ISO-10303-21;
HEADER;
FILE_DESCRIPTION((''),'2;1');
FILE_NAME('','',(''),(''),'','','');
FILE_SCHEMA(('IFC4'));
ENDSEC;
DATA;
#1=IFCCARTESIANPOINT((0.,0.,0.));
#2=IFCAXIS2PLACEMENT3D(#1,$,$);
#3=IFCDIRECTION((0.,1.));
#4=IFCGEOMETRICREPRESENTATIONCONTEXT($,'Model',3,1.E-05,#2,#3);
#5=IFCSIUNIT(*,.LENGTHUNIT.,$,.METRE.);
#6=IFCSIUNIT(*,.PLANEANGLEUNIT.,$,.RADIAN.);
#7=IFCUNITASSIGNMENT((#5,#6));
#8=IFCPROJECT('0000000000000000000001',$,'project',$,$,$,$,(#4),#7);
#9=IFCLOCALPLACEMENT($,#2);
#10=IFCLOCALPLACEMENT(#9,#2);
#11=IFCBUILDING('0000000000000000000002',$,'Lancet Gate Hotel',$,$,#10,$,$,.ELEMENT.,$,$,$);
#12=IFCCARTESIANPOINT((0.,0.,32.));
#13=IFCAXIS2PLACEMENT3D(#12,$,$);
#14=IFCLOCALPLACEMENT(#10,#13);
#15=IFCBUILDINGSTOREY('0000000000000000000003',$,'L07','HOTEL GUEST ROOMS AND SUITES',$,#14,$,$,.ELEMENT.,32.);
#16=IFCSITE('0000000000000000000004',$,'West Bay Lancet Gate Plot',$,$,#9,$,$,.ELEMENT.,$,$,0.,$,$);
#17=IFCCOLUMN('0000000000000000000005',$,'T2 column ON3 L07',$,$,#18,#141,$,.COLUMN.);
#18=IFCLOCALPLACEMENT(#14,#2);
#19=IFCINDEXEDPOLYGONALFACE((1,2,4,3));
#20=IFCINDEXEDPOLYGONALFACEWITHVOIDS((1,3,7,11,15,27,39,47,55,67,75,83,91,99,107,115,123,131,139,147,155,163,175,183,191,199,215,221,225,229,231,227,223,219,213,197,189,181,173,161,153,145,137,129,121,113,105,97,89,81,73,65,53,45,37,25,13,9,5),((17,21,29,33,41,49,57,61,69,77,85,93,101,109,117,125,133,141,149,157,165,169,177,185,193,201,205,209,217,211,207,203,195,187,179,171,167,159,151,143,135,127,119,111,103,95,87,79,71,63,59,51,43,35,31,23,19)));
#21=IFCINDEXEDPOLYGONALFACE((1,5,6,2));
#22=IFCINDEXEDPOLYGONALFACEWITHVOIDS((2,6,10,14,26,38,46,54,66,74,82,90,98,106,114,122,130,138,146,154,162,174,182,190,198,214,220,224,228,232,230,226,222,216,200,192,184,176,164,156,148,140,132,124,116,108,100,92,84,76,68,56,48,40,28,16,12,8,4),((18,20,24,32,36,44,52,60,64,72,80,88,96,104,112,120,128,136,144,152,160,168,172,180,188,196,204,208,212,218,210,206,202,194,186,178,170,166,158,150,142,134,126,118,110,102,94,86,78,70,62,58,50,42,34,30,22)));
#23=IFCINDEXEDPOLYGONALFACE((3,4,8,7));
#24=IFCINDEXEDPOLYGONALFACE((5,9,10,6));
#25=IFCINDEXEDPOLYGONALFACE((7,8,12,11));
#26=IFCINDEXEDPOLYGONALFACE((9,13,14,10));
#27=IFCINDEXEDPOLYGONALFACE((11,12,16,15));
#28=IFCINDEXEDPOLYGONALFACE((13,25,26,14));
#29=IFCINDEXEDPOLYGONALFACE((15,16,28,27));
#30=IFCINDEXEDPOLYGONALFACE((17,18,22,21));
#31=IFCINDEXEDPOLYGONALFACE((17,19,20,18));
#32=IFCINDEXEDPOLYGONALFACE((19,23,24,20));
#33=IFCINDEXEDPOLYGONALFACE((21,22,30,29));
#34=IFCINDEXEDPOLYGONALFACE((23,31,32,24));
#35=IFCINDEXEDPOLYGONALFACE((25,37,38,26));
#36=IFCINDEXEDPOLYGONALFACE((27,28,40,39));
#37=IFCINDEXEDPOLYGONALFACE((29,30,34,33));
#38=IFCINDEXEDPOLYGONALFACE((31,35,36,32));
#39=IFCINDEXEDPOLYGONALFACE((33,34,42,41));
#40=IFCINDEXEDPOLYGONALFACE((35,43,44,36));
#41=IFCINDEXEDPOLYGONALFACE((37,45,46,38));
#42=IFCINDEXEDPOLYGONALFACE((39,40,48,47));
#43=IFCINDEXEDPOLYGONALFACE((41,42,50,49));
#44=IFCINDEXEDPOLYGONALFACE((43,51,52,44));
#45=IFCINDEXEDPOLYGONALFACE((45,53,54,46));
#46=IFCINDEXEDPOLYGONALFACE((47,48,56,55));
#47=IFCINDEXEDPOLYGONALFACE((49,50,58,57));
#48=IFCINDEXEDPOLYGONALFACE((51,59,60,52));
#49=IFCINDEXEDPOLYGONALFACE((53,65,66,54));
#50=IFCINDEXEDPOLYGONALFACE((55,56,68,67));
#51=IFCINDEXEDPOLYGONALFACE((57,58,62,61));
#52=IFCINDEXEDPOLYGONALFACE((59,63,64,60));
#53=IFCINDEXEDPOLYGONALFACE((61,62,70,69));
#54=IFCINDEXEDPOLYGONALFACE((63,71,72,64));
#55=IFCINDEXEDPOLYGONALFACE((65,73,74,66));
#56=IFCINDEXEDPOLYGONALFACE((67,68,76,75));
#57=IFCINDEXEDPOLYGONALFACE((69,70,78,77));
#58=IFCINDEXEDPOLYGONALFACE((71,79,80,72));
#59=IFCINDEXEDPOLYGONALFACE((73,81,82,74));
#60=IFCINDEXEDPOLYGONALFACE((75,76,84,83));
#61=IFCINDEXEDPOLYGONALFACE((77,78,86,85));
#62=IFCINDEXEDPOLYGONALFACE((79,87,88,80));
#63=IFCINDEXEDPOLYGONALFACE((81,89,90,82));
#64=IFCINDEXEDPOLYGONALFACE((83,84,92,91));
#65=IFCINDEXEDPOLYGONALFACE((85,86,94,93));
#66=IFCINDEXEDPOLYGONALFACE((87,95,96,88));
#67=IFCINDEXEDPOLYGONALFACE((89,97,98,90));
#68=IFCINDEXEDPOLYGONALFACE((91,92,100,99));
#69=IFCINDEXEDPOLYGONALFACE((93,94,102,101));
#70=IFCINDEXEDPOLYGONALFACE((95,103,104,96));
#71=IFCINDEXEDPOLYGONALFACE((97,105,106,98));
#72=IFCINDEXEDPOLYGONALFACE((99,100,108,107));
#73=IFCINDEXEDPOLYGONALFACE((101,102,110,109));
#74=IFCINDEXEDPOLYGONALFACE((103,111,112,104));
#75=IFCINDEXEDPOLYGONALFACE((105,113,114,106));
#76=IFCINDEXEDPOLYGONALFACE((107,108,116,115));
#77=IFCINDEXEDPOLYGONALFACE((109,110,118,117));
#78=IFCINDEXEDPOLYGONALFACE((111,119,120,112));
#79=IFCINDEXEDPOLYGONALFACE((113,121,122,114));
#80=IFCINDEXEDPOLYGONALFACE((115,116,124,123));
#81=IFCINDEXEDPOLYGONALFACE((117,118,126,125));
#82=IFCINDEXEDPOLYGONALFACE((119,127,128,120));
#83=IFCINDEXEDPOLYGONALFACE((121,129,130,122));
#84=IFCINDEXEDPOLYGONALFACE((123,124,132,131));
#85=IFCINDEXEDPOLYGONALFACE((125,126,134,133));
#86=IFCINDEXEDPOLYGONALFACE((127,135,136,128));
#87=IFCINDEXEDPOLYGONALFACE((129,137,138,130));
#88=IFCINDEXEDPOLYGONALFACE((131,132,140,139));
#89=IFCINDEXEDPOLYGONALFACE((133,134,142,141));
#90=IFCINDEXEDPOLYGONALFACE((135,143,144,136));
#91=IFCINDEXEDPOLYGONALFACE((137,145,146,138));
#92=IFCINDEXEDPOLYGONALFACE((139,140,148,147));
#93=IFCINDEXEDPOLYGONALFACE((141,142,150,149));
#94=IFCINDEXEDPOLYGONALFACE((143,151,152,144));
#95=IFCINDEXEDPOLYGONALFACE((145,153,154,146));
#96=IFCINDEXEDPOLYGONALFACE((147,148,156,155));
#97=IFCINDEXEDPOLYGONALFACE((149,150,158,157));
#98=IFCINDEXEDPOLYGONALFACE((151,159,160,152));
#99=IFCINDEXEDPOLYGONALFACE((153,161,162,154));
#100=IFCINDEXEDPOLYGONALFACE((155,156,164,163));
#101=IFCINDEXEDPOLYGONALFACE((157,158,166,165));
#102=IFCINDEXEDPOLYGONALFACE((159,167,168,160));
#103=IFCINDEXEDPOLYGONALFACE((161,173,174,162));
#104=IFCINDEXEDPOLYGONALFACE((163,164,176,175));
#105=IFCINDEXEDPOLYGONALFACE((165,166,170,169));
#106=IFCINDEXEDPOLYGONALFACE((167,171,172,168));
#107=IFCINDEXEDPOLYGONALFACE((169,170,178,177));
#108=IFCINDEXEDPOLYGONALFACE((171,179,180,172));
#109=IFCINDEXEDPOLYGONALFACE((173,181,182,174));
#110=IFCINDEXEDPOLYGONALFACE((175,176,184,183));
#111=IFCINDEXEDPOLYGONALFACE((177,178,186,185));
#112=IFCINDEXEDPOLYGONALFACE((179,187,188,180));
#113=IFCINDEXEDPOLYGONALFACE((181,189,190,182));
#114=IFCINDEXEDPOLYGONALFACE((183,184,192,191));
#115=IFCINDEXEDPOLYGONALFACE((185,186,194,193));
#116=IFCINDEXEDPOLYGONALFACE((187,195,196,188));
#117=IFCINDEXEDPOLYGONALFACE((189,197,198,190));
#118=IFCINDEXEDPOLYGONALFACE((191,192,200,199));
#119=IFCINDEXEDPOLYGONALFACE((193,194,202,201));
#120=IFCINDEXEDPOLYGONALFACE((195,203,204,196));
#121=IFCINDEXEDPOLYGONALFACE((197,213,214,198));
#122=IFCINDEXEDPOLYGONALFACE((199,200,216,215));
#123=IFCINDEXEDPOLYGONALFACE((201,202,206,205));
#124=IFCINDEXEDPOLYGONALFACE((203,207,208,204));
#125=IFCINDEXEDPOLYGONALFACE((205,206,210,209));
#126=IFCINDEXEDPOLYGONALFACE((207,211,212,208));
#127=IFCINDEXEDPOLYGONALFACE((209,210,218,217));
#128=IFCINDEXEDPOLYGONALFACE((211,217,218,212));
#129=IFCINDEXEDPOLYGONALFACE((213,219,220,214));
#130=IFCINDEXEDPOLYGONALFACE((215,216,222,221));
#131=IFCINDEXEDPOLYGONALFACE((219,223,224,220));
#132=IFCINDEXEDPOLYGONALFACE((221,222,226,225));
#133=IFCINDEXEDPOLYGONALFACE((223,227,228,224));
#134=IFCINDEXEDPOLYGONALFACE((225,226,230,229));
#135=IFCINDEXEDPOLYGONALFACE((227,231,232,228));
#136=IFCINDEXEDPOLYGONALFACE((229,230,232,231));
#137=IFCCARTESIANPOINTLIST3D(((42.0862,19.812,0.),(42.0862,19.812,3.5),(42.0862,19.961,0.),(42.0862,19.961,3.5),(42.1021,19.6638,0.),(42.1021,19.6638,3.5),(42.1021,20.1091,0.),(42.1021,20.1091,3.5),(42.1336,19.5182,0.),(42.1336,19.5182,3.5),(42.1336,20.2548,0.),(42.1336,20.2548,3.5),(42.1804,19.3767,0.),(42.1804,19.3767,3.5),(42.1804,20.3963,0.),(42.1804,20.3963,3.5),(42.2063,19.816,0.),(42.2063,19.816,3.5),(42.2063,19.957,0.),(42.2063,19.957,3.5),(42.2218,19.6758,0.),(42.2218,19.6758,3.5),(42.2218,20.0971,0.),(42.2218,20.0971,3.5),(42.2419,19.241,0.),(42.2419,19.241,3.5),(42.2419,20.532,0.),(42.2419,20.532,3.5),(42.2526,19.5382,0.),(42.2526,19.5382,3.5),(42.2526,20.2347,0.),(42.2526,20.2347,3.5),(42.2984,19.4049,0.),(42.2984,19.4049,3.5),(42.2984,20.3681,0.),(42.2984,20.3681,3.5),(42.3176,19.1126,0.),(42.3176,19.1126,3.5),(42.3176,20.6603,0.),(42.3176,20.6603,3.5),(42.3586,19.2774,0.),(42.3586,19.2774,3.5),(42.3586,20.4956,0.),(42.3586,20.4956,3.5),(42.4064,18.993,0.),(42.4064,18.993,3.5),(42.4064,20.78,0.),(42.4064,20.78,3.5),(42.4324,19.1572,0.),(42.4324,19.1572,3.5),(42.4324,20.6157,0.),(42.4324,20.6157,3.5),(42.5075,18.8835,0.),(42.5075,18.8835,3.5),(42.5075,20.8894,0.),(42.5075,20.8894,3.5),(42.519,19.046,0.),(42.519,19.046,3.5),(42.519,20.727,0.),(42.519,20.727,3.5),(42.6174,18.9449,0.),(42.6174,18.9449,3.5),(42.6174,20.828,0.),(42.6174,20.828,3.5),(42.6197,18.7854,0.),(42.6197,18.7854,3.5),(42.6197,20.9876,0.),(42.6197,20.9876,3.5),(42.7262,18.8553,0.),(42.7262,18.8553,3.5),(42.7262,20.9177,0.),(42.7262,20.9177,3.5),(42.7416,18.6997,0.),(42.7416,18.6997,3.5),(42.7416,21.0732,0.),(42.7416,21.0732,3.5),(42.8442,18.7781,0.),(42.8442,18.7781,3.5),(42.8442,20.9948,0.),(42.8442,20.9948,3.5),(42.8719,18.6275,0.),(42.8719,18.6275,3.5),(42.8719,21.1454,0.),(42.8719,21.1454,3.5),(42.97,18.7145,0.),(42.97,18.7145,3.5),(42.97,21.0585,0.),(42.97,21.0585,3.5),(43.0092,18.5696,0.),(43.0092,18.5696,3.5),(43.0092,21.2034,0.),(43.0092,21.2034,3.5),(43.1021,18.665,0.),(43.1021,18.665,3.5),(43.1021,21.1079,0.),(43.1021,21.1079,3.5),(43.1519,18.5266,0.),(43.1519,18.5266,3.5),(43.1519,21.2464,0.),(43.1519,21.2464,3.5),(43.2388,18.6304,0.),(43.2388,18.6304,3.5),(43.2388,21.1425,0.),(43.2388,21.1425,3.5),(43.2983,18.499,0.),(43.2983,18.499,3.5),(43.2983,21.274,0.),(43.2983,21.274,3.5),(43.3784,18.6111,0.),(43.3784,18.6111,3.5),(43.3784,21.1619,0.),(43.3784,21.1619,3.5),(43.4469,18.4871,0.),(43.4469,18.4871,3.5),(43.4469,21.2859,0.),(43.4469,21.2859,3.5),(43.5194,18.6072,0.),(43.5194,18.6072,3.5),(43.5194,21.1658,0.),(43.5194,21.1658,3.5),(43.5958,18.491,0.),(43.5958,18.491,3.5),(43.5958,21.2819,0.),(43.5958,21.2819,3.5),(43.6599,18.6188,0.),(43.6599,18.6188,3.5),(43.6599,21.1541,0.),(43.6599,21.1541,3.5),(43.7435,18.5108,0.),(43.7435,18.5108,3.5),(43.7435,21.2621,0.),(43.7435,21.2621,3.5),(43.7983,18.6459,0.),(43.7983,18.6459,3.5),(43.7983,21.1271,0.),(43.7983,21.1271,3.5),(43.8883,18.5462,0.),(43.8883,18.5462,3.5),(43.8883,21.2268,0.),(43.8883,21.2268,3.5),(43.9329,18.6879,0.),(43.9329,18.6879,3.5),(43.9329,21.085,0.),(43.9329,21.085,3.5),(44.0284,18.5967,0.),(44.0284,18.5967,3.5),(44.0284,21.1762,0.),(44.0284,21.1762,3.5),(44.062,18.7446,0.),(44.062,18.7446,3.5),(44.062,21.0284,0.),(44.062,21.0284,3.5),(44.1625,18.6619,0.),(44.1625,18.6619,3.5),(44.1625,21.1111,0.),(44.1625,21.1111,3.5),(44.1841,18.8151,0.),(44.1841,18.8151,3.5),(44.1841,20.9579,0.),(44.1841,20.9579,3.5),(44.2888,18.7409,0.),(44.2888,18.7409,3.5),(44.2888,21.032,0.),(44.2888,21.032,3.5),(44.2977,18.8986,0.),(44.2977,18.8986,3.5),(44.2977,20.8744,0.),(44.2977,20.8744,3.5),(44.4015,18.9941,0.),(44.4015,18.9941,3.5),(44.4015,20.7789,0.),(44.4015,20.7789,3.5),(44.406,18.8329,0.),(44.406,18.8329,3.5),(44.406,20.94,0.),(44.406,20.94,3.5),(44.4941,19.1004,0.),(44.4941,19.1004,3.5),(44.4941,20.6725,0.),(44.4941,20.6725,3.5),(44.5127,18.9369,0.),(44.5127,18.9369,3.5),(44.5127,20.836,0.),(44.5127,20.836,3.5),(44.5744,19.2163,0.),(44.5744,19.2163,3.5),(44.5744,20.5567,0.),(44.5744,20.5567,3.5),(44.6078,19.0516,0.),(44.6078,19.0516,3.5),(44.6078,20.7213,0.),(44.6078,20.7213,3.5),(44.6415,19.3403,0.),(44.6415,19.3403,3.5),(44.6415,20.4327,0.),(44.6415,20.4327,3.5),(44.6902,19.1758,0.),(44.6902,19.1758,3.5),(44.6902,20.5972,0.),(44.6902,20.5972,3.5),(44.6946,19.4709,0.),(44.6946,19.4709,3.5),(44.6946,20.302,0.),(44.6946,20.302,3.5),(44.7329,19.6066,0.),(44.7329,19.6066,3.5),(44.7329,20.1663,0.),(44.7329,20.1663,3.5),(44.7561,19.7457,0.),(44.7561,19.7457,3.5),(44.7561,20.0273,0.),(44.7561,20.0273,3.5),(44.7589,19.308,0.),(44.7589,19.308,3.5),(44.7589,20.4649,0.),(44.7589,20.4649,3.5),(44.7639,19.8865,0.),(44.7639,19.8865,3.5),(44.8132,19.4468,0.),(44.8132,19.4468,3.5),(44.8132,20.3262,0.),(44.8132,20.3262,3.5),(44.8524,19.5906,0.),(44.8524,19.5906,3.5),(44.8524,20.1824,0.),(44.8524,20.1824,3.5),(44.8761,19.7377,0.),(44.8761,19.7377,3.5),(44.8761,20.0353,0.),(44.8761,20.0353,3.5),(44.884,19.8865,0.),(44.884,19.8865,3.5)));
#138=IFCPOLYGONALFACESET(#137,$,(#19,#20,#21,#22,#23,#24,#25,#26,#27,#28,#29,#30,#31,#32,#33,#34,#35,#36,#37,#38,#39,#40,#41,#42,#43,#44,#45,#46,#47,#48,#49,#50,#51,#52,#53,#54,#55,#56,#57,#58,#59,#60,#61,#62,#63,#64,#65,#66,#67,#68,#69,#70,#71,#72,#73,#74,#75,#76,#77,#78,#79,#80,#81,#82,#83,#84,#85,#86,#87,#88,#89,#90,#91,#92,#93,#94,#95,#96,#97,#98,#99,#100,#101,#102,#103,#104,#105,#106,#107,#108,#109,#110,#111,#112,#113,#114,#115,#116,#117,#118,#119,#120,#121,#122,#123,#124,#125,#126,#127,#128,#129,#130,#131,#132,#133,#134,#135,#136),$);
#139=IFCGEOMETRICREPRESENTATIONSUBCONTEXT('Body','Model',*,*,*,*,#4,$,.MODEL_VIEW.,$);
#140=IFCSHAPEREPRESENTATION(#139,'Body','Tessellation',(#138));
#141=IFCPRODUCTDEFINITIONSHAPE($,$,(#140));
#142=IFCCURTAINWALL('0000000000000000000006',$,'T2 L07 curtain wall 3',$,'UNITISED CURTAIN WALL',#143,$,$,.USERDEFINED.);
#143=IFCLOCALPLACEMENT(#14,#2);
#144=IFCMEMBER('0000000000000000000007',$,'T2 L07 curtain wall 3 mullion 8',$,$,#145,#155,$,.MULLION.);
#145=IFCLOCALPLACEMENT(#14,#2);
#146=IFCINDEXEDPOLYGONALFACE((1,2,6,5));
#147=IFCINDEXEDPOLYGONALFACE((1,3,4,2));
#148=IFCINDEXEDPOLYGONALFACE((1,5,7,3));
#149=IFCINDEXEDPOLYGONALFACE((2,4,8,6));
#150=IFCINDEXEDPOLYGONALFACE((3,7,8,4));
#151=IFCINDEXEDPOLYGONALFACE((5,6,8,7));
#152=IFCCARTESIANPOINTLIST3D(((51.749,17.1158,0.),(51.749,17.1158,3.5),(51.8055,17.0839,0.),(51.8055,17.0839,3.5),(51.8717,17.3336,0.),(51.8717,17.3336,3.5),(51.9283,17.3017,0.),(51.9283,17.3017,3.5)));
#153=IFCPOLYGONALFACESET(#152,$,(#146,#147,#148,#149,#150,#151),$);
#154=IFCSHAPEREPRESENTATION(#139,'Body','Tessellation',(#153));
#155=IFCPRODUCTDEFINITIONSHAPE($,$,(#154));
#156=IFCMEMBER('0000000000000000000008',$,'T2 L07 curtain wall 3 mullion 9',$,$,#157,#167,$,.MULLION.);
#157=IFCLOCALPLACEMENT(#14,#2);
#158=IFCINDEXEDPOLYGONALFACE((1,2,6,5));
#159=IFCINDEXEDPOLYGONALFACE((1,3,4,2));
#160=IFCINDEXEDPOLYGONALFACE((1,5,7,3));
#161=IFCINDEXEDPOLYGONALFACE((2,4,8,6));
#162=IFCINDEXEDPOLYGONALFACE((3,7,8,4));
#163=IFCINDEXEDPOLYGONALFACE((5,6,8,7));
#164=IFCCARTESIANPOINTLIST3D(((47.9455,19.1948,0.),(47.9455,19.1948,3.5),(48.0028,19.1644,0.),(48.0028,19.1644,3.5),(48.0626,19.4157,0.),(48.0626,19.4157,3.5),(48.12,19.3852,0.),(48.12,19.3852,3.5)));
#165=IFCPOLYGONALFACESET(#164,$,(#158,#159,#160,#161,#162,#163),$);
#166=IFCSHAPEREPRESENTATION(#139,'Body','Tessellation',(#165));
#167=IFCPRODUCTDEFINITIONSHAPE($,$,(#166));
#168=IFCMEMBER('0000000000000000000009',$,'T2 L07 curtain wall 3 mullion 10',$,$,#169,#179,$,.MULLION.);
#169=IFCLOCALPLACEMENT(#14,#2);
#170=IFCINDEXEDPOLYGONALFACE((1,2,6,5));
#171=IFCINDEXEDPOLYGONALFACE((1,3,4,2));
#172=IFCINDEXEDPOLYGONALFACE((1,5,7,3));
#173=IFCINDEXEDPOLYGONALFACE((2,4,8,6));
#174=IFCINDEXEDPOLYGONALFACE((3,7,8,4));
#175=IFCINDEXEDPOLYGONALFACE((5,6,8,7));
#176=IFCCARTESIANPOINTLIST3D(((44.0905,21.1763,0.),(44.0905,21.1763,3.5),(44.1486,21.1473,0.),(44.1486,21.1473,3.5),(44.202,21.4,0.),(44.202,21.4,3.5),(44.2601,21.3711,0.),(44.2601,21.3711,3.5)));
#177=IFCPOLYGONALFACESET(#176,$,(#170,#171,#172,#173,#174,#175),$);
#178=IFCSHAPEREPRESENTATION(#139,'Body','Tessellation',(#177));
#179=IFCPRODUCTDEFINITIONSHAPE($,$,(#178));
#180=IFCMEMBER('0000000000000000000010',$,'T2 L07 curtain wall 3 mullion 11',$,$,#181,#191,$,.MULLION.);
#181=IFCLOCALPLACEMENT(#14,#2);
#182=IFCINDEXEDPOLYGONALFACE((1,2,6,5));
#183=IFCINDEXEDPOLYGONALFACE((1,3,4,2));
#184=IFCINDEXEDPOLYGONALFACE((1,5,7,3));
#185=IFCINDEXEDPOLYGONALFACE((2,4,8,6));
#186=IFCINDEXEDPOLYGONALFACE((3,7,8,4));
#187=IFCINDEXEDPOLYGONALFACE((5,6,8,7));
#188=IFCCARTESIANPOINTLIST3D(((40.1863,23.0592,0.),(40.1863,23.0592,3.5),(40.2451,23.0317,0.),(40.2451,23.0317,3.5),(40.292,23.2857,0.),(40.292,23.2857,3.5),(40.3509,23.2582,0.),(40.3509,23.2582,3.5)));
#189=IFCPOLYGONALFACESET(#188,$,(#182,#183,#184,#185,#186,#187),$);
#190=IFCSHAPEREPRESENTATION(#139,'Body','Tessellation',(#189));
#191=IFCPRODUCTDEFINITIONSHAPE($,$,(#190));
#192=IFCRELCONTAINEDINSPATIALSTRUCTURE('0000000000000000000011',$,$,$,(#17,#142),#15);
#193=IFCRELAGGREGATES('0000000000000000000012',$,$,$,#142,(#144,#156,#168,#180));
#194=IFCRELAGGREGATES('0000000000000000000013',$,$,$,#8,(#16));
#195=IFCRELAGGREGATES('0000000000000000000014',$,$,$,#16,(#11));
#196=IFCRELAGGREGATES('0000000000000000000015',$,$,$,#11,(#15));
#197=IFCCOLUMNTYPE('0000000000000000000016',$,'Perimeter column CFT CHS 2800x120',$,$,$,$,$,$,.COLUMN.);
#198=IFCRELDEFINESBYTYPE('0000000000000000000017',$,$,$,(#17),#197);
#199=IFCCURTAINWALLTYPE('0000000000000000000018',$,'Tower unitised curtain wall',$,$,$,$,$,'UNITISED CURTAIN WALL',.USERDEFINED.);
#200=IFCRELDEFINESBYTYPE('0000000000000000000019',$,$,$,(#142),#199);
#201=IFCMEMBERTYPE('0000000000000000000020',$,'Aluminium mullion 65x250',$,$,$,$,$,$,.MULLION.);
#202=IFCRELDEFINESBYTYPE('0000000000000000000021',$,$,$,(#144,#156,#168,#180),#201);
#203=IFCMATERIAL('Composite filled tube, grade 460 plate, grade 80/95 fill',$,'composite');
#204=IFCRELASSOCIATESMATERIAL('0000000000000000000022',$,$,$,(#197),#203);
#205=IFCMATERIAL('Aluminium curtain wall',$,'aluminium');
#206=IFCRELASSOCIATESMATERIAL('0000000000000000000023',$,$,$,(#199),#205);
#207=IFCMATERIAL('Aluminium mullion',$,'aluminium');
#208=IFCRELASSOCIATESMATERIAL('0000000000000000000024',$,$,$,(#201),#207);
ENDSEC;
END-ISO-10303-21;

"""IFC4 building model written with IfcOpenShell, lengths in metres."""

from ifc_helpers import new_model, si_unit, direction, frame, origin, origin_2d, place, context, subcontext, project, spatial, rectangle, hollow_circle, extrude, material, material_profile, profile_set, type_object, element, aggregate, save


model = new_model("IFC4")

# Units and contexts
model_context = context("Model", 3, precision=1e-05, world=origin(), true_north=direction((0.0, 1.0)))
body_context = subcontext(model_context, "Body", "Model", "MODEL_VIEW")
ifc_project = project(units=[si_unit("LENGTHUNIT", "METRE"), si_unit("PLANEANGLEUNIT", "RADIAN")], contexts=[model_context])

# Site, building, storey
site_placement = place(None, origin())
site = spatial("IfcSite", under=ifc_project, at=site_placement, Name="West Bay Lancet Gate Plot", CompositionType="ELEMENT", RefElevation=0.0)
building_placement = place(site_placement, origin())
building = spatial("IfcBuilding", under=site, at=building_placement, Name="Lancet Gate Hotel", CompositionType="ELEMENT")
storey_placement = place(building_placement, frame((0.0, 0.0, 32.0)))
storey = spatial("IfcBuildingStorey", under=building, at=storey_placement, Name="L07", Description="HOTEL GUEST ROOMS AND SUITES", CompositionType="ELEMENT", Elevation=32.0)

# Column
ifc_material_1 = material(Name="Composite filled tube, grade 460 plate, grade 80/95 fill", Category="composite")
ifc_material_profile_1 = material_profile(ifc_material_1, hollow_circle(Radius=1.3999, WallThickness=0.1201, at=origin_2d()), Name="CHS 2800x120")
ifc_profile_set_1 = profile_set([ifc_material_profile_1], Name="Composite filled tube, grade 460 plate, grade 80/95 fill")
column_type = type_object("IfcColumnType", Name="Perimeter column CFT CHS 2800x120", PredefinedType="COLUMN", material=ifc_profile_set_1)
for number, where, z_axis, x_axis, name in (
    (1, (43.4841, 19.8865, 0.0), (0.0, 0.0, 1.0), (1.0, 0.0, 0.0), "T2 column ON3 L07"),
):
    element("IfcColumn", number, at=place(storey_placement, frame(where, z_axis=z_axis, x_axis=x_axis)), inside=storey, type_object=column_type, Name=name, PredefinedType="COLUMN", context=body_context, shape_type="SweptSolid", body=[
        extrude(hollow_circle(Radius=1.3999, WallThickness=0.1201, at=origin_2d()), origin(), (0.0, 0.0, 1.0), 3.5),
    ])

# Curtain wall, members
ifc_material_2 = material(Name="Aluminium curtain wall", Category="aluminium")
curtain_wall_type = type_object("IfcCurtainWallType", Name="Tower unitised curtain wall", ElementType="UNITISED CURTAIN WALL", PredefinedType="USERDEFINED", material=ifc_material_2)
curtain_wall_placement = place(storey_placement, origin())
curtain_wall = element("IfcCurtainWall", 2, at=curtain_wall_placement, inside=storey, type_object=curtain_wall_type, Name="T2 L07 curtain wall 3", ObjectType="UNITISED CURTAIN WALL", PredefinedType="USERDEFINED")
ifc_material_3 = material(Name="Aluminium mullion", Category="aluminium")
ifc_material_profile_2 = material_profile(ifc_material_3, rectangle(XDim=0.0649, YDim=0.25, at=origin_2d()), Name="MULLION 65x250")
ifc_profile_set_2 = profile_set([ifc_material_profile_2], Name="Aluminium mullion")
member_type_1 = type_object("IfcMemberType", Name="Aluminium mullion 65x250", PredefinedType="MULLION", material=ifc_profile_set_2)
member_1_placement = place(storey_placement, frame((51.8386, 17.2087, 0.0), z_axis=(0.0, 0.0, 1.0), x_axis=(-0.87119, 0.490945, 0.0)))
member_1 = element("IfcMember", 3, at=member_1_placement, type_object=member_type_1, Name="T2 L07 curtain wall 3 mullion 8", PredefinedType="MULLION", context=body_context, shape_type="SweptSolid", body=[
    extrude(rectangle(XDim=0.0649, YDim=0.25, at=origin_2d()), origin(), (0.0, 0.0, 1.0), 3.5),
])
member_2_placement = place(storey_placement, frame((48.0327, 19.29, 0.0), z_axis=(0.0, 0.0, 1.0), x_axis=(-0.883403, 0.468613, 0.0)))
member_2 = element("IfcMember", 4, at=member_2_placement, type_object=member_type_1, Name="T2 L07 curtain wall 3 mullion 9", PredefinedType="MULLION", context=body_context, shape_type="SweptSolid", body=[
    extrude(rectangle(XDim=0.0649, YDim=0.25, at=origin_2d()), origin(), (0.0, 0.0, 1.0), 3.5),
])
member_3_placement = place(storey_placement, frame((44.1753, 21.2737, 0.0), z_axis=(0.0, 0.0, 1.0), x_axis=(-0.895044, 0.445978, 0.0)))
member_3 = element("IfcMember", 5, at=member_3_placement, type_object=member_type_1, Name="T2 L07 curtain wall 3 mullion 10", PredefinedType="MULLION", context=body_context, shape_type="SweptSolid", body=[
    extrude(rectangle(XDim=0.0649, YDim=0.25, at=origin_2d()), origin(), (0.0, 0.0, 1.0), 3.5),
])
member_4_placement = place(storey_placement, frame((40.2686, 23.1587, 0.0), z_axis=(0.0, 0.0, 1.0), x_axis=(-0.906105, 0.423053, 0.0)))
member_4 = element("IfcMember", 6, at=member_4_placement, type_object=member_type_1, Name="T2 L07 curtain wall 3 mullion 11", PredefinedType="MULLION", context=body_context, shape_type="SweptSolid", body=[
    extrude(rectangle(XDim=0.0649, YDim=0.25, at=origin_2d()), origin(), (0.0, 0.0, 1.0), 3.5),
])

aggregate(curtain_wall, [member_1, member_2, member_3, member_4])

save(model, "model.ifc")
